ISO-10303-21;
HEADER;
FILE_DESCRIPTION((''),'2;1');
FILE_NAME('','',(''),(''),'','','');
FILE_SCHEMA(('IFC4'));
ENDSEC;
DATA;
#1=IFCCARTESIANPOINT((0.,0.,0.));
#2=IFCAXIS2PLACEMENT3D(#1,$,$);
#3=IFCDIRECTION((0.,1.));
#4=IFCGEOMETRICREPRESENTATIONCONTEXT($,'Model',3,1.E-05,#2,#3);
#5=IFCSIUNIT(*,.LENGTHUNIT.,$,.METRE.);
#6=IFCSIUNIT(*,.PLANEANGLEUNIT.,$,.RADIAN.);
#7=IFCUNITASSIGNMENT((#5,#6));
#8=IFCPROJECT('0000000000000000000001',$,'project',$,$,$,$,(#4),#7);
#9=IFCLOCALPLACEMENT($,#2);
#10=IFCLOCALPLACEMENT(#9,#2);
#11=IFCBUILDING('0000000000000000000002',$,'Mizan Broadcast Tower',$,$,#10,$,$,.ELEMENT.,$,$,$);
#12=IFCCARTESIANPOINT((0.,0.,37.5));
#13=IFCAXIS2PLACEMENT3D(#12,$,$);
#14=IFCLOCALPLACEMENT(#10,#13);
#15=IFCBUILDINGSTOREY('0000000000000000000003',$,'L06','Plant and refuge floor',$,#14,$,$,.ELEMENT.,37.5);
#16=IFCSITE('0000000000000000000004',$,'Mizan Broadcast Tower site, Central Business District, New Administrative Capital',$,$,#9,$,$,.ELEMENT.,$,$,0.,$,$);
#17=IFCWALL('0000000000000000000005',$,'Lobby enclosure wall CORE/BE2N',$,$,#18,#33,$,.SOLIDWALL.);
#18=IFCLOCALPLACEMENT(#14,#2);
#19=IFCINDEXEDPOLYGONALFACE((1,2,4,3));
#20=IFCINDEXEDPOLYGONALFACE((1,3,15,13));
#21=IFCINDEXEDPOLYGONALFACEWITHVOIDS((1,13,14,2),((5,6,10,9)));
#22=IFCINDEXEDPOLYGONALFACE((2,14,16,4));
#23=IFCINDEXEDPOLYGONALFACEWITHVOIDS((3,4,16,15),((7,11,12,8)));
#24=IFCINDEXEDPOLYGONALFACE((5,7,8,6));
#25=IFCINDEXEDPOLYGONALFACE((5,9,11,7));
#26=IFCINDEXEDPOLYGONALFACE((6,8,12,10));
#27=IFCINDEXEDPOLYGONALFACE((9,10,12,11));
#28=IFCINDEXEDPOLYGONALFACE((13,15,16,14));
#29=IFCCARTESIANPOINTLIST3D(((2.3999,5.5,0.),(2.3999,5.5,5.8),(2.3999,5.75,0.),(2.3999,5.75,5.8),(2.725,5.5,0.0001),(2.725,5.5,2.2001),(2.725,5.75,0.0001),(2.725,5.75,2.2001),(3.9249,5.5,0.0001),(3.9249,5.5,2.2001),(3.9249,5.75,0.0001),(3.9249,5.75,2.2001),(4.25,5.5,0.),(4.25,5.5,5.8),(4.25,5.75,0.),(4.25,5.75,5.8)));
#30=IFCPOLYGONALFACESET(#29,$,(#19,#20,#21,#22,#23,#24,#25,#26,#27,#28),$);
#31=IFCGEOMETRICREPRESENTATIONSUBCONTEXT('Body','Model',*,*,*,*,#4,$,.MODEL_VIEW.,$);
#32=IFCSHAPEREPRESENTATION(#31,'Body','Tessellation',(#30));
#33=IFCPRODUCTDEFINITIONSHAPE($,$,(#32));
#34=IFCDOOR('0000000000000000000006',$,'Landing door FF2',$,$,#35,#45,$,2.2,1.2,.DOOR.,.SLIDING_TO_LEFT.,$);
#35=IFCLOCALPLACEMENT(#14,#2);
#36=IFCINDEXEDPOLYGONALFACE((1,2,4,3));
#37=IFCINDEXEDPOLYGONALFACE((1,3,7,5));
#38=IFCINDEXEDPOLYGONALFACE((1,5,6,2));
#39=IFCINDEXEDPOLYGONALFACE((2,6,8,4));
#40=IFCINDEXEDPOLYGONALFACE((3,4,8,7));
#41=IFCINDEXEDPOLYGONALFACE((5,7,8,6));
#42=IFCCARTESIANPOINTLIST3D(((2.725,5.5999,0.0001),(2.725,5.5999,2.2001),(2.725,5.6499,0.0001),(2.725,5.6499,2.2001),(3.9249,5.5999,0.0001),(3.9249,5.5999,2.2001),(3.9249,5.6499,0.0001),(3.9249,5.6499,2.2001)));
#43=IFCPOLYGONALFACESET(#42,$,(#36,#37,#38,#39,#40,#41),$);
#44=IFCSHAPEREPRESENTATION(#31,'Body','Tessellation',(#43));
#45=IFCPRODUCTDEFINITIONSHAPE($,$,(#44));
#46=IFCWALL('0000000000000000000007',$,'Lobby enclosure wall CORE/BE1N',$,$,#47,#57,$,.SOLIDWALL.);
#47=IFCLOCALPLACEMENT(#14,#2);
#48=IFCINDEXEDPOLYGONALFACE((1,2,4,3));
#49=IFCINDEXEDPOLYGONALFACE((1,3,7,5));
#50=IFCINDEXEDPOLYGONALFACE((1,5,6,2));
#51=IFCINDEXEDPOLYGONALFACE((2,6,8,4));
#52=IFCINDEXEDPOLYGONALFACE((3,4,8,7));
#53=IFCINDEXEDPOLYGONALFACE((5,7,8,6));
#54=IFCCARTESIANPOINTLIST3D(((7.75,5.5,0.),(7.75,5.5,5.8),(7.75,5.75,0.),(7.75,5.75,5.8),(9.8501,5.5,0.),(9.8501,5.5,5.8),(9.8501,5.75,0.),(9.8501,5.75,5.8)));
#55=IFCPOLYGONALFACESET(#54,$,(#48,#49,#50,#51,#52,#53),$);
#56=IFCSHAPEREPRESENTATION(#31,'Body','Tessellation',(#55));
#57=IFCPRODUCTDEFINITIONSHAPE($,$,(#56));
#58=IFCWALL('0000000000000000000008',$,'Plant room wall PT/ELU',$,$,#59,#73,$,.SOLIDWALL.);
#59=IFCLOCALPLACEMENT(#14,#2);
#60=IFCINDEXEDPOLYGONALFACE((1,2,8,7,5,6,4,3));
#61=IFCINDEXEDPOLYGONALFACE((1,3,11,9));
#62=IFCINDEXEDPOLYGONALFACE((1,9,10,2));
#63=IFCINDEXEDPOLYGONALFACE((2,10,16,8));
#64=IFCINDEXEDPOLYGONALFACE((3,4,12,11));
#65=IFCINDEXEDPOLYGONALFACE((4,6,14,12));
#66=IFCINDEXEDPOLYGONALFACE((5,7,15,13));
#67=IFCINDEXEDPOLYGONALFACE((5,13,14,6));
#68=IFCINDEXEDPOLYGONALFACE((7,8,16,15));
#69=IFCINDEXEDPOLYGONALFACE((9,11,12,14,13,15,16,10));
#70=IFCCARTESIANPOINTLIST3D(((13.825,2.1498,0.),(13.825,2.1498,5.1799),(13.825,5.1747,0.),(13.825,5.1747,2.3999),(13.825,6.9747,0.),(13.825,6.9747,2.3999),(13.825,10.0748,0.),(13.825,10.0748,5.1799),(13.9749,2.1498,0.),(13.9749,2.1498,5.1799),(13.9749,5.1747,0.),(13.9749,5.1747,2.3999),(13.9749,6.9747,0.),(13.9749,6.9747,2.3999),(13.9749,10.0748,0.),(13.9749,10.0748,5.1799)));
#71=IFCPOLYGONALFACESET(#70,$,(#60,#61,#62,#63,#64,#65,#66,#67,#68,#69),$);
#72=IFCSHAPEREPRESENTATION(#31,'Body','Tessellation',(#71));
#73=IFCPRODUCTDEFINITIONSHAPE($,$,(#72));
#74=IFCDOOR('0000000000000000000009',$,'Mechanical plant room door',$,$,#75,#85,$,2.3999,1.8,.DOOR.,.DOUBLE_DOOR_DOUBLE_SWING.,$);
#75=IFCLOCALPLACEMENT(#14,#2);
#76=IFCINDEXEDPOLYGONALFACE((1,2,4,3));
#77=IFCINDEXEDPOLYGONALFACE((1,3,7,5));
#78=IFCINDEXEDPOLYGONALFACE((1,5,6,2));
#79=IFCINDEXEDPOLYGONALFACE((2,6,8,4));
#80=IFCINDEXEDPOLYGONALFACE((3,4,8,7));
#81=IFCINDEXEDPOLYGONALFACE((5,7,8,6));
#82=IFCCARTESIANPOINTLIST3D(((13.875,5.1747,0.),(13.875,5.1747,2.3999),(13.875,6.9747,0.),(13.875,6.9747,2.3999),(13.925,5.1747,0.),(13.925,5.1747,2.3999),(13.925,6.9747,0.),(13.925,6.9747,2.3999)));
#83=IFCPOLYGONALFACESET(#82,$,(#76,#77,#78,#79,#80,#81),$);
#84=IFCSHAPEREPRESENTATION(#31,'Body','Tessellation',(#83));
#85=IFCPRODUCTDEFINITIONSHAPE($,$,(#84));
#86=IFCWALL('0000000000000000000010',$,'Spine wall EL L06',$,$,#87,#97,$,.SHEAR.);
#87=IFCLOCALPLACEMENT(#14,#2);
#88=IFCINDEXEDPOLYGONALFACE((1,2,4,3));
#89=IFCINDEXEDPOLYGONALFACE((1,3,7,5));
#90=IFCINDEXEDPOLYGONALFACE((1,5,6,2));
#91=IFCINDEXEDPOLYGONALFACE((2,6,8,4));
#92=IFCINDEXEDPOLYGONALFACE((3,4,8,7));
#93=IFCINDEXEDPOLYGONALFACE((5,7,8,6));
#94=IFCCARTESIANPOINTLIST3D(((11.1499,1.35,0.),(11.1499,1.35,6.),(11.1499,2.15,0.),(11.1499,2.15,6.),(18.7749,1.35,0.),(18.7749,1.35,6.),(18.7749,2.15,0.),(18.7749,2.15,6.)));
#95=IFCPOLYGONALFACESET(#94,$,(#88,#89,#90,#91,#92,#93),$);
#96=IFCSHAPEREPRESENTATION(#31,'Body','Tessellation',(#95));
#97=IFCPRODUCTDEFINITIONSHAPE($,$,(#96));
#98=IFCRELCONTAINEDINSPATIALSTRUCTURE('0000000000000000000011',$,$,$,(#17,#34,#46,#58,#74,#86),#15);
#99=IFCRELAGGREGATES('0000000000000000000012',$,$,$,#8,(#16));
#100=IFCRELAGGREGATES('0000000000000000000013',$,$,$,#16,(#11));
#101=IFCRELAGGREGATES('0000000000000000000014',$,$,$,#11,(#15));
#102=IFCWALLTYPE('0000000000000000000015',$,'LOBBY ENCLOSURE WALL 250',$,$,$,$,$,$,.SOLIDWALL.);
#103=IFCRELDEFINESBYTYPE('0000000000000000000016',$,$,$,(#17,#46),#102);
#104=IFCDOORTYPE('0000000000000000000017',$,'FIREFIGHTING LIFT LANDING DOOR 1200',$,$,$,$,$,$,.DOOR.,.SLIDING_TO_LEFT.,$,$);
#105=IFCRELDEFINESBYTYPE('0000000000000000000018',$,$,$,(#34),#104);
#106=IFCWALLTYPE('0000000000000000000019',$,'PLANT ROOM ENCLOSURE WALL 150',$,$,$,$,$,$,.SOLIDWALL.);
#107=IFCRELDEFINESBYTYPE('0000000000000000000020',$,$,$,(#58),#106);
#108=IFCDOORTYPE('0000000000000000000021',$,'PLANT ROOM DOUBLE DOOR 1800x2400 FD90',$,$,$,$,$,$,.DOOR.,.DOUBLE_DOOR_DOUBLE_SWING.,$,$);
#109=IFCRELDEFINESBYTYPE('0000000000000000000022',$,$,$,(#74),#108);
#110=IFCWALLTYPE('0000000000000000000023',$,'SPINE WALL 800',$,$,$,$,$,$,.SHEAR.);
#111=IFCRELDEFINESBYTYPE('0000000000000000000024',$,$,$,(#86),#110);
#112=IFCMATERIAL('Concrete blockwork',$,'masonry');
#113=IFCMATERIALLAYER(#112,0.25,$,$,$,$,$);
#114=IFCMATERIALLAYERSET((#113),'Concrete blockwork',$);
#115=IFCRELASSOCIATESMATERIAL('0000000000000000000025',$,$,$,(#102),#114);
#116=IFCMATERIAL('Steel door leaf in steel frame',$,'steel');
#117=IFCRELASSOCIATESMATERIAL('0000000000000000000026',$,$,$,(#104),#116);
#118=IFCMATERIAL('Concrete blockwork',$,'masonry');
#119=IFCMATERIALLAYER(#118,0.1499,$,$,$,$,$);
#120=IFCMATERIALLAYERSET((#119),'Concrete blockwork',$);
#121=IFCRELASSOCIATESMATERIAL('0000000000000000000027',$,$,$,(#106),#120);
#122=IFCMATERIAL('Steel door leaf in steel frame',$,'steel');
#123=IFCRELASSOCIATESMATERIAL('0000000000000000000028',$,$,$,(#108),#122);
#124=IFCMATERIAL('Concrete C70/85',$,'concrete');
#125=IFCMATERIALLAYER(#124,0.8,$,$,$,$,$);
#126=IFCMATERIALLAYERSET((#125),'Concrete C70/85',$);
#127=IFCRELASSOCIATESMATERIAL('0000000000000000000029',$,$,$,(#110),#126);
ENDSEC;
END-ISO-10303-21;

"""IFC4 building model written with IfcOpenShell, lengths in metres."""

from ifc_helpers import new_model, si_unit, direction, frame, frame_2d, origin, place, context, subcontext, project, spatial, rectangle, extrude, material, layer, layer_set, type_object, element, fill, save


model = new_model("IFC4")

# Units and contexts
model_context = context("Model", 3, precision=1e-05, world=origin(), true_north=direction((0.0, 1.0)))
body_context = subcontext(model_context, "Body", "Model", "MODEL_VIEW")
ifc_project = project(units=[si_unit("LENGTHUNIT", "METRE"), si_unit("PLANEANGLEUNIT", "RADIAN")], contexts=[model_context])

# Site, building, storey
site_placement = place(None, origin())
site = spatial("IfcSite", under=ifc_project, at=site_placement, Name="Mizan Broadcast Tower site, Central Business District, New Administrative Capital", CompositionType="ELEMENT", RefElevation=0.0)
building_placement = place(site_placement, origin())
building = spatial("IfcBuilding", under=site, at=building_placement, Name="Mizan Broadcast Tower", CompositionType="ELEMENT")
storey_placement = place(building_placement, frame((0.0, 0.0, 37.5)))
storey = spatial("IfcBuildingStorey", under=building, at=storey_placement, Name="L06", Description="Plant and refuge floor", CompositionType="ELEMENT", Elevation=37.5)

# Wall, opening, door
ifc_material_1 = material(Name="Concrete blockwork", Category="masonry")
ifc_layer_1 = layer(ifc_material_1, 0.25)
ifc_layer_set_1 = layer_set([ifc_layer_1], Name="Concrete blockwork")
wall_type_1 = type_object("IfcWallType", Name="LOBBY ENCLOSURE WALL 250", PredefinedType="SOLIDWALL", material=ifc_layer_set_1)
wall_1_placement = place(storey_placement, frame((2.3999, 5.625, 0.0), z_axis=(0.0, 0.0, 1.0), x_axis=(1.0, 0.0, 0.0)))
wall_1 = element("IfcWall", 1, at=wall_1_placement, inside=storey, type_object=wall_type_1, Name="Lobby enclosure wall CORE/BE2N", PredefinedType="SOLIDWALL", context=body_context, shape_type="SweptSolid", body=[
    extrude(rectangle(XDim=1.8501, YDim=0.25, at=frame_2d((0.925, 0.0))), origin(), (0.0, 0.0, 1.0), 5.8),
])
opening_1_placement = place(wall_1_placement, frame((0.325, 0.0, 0.0)))
opening_1 = element("IfcOpeningElement", 2, at=opening_1_placement, cuts=wall_1, PredefinedType="OPENING", context=body_context, shape_type="SweptSolid", body=[
    extrude(rectangle(XDim=1.2, YDim=2.2, at=frame_2d((0.6001, 1.1001))), frame((0.0, 0.135, 0.0), z_axis=(0.0, -1.0, 0.0), x_axis=(1.0, 0.0, 0.0)), (0.0, 0.0, 1.0), 0.27),
])
ifc_material_2 = material(Name="Steel door leaf in steel frame", Category="steel")
door_type_1 = type_object("IfcDoorType", Name="FIREFIGHTING LIFT LANDING DOOR 1200", OperationType="SLIDING_TO_LEFT", PredefinedType="DOOR", material=ifc_material_2)
door_1_placement = place(opening_1_placement, origin())
door_1 = element("IfcDoor", 3, at=door_1_placement, inside=storey, type_object=door_type_1, Name="Landing door FF2", OperationType="SLIDING_TO_LEFT", OverallHeight=2.2, OverallWidth=1.2, PredefinedType="DOOR", context=body_context, shape_type="SweptSolid", body=[
    extrude(rectangle(XDim=1.2, YDim=2.2, at=frame_2d((0.6001, 1.1001))), frame((0.0, 0.0249, 0.0), z_axis=(0.0, -1.0, 0.0), x_axis=(1.0, 0.0, 0.0)), (0.0, 0.0, 1.0), 0.05),
])
fill(opening_1, door_1)

# Wall
wall_2_placement = place(storey_placement, frame((7.75, 5.625, 0.0), z_axis=(0.0, 0.0, 1.0), x_axis=(1.0, 0.0, 0.0)))
element("IfcWall", 4, at=wall_2_placement, inside=storey, type_object=wall_type_1, Name="Lobby enclosure wall CORE/BE1N", PredefinedType="SOLIDWALL", context=body_context, shape_type="SweptSolid", body=[
    extrude(rectangle(XDim=2.1001, YDim=0.25, at=frame_2d((1.05, 0.0))), origin(), (0.0, 0.0, 1.0), 5.8),
])

# Wall, opening, door
ifc_material_3 = material(Name="Concrete blockwork", Category="masonry")
ifc_layer_2 = layer(ifc_material_3, 0.1499)
ifc_layer_set_2 = layer_set([ifc_layer_2], Name="Concrete blockwork")
wall_type_2 = type_object("IfcWallType", Name="PLANT ROOM ENCLOSURE WALL 150", PredefinedType="SOLIDWALL", material=ifc_layer_set_2)
wall_3_placement = place(storey_placement, frame((13.8999, 2.1499, 0.0), z_axis=(0.0, 0.0, 1.0), x_axis=(0.0, 1.0, 0.0)))
wall_3 = element("IfcWall", 5, at=wall_3_placement, inside=storey, type_object=wall_type_2, Name="Plant room wall PT/ELU", PredefinedType="SOLIDWALL", context=body_context, shape_type="SweptSolid", body=[
    extrude(rectangle(XDim=7.925, YDim=0.1499, at=frame_2d((3.9624, 0.0))), origin(), (0.0, 0.0, 1.0), 5.1799),
])
opening_2_placement = place(wall_3_placement, frame((3.0249, 0.0, 0.0)))
opening_2 = element("IfcOpeningElement", 6, at=opening_2_placement, cuts=wall_3, PredefinedType="OPENING", context=body_context, shape_type="SweptSolid", body=[
    extrude(rectangle(XDim=1.8, YDim=2.3999, at=frame_2d((0.8999, 1.2))), frame((0.0, 0.085, 0.0), z_axis=(0.0, -1.0, 0.0), x_axis=(1.0, 0.0, 0.0)), (0.0, 0.0, 1.0), 0.1699),
])
ifc_material_4 = material(Name="Steel door leaf in steel frame", Category="steel")
door_type_2 = type_object("IfcDoorType", Name="PLANT ROOM DOUBLE DOOR 1800x2400 FD90", OperationType="DOUBLE_DOOR_DOUBLE_SWING", PredefinedType="DOOR", material=ifc_material_4)
door_2_placement = place(opening_2_placement, origin())
door_2 = element("IfcDoor", 7, at=door_2_placement, inside=storey, type_object=door_type_2, Name="Mechanical plant room door", OperationType="DOUBLE_DOOR_DOUBLE_SWING", OverallHeight=2.3999, OverallWidth=1.8, PredefinedType="DOOR", context=body_context, shape_type="SweptSolid", body=[
    extrude(rectangle(XDim=1.8, YDim=2.3999, at=frame_2d((0.8999, 1.2))), frame((0.0, 0.0249, 0.0), z_axis=(0.0, -1.0, 0.0), x_axis=(1.0, 0.0, 0.0)), (0.0, 0.0, 1.0), 0.05),
])
fill(opening_2, door_2)

# Wall
ifc_material_5 = material(Name="Concrete C70/85", Category="concrete")
ifc_layer_3 = layer(ifc_material_5, 0.8)
ifc_layer_set_3 = layer_set([ifc_layer_3], Name="Concrete C70/85")
wall_type_3 = type_object("IfcWallType", Name="SPINE WALL 800", PredefinedType="SHEAR", material=ifc_layer_set_3)
wall_4_placement = place(storey_placement, frame((11.1499, 1.75, 0.0), z_axis=(0.0, 0.0, 1.0), x_axis=(1.0, 0.0, 0.0)))
element("IfcWall", 8, at=wall_4_placement, inside=storey, type_object=wall_type_3, Name="Spine wall EL L06", PredefinedType="SHEAR", context=body_context, shape_type="SweptSolid", body=[
    extrude(rectangle(XDim=7.625, YDim=0.8, at=frame_2d((3.8125, 0.0))), origin(), (0.0, 0.0, 1.0), 6.0),
])

save(model, "model.ifc")
